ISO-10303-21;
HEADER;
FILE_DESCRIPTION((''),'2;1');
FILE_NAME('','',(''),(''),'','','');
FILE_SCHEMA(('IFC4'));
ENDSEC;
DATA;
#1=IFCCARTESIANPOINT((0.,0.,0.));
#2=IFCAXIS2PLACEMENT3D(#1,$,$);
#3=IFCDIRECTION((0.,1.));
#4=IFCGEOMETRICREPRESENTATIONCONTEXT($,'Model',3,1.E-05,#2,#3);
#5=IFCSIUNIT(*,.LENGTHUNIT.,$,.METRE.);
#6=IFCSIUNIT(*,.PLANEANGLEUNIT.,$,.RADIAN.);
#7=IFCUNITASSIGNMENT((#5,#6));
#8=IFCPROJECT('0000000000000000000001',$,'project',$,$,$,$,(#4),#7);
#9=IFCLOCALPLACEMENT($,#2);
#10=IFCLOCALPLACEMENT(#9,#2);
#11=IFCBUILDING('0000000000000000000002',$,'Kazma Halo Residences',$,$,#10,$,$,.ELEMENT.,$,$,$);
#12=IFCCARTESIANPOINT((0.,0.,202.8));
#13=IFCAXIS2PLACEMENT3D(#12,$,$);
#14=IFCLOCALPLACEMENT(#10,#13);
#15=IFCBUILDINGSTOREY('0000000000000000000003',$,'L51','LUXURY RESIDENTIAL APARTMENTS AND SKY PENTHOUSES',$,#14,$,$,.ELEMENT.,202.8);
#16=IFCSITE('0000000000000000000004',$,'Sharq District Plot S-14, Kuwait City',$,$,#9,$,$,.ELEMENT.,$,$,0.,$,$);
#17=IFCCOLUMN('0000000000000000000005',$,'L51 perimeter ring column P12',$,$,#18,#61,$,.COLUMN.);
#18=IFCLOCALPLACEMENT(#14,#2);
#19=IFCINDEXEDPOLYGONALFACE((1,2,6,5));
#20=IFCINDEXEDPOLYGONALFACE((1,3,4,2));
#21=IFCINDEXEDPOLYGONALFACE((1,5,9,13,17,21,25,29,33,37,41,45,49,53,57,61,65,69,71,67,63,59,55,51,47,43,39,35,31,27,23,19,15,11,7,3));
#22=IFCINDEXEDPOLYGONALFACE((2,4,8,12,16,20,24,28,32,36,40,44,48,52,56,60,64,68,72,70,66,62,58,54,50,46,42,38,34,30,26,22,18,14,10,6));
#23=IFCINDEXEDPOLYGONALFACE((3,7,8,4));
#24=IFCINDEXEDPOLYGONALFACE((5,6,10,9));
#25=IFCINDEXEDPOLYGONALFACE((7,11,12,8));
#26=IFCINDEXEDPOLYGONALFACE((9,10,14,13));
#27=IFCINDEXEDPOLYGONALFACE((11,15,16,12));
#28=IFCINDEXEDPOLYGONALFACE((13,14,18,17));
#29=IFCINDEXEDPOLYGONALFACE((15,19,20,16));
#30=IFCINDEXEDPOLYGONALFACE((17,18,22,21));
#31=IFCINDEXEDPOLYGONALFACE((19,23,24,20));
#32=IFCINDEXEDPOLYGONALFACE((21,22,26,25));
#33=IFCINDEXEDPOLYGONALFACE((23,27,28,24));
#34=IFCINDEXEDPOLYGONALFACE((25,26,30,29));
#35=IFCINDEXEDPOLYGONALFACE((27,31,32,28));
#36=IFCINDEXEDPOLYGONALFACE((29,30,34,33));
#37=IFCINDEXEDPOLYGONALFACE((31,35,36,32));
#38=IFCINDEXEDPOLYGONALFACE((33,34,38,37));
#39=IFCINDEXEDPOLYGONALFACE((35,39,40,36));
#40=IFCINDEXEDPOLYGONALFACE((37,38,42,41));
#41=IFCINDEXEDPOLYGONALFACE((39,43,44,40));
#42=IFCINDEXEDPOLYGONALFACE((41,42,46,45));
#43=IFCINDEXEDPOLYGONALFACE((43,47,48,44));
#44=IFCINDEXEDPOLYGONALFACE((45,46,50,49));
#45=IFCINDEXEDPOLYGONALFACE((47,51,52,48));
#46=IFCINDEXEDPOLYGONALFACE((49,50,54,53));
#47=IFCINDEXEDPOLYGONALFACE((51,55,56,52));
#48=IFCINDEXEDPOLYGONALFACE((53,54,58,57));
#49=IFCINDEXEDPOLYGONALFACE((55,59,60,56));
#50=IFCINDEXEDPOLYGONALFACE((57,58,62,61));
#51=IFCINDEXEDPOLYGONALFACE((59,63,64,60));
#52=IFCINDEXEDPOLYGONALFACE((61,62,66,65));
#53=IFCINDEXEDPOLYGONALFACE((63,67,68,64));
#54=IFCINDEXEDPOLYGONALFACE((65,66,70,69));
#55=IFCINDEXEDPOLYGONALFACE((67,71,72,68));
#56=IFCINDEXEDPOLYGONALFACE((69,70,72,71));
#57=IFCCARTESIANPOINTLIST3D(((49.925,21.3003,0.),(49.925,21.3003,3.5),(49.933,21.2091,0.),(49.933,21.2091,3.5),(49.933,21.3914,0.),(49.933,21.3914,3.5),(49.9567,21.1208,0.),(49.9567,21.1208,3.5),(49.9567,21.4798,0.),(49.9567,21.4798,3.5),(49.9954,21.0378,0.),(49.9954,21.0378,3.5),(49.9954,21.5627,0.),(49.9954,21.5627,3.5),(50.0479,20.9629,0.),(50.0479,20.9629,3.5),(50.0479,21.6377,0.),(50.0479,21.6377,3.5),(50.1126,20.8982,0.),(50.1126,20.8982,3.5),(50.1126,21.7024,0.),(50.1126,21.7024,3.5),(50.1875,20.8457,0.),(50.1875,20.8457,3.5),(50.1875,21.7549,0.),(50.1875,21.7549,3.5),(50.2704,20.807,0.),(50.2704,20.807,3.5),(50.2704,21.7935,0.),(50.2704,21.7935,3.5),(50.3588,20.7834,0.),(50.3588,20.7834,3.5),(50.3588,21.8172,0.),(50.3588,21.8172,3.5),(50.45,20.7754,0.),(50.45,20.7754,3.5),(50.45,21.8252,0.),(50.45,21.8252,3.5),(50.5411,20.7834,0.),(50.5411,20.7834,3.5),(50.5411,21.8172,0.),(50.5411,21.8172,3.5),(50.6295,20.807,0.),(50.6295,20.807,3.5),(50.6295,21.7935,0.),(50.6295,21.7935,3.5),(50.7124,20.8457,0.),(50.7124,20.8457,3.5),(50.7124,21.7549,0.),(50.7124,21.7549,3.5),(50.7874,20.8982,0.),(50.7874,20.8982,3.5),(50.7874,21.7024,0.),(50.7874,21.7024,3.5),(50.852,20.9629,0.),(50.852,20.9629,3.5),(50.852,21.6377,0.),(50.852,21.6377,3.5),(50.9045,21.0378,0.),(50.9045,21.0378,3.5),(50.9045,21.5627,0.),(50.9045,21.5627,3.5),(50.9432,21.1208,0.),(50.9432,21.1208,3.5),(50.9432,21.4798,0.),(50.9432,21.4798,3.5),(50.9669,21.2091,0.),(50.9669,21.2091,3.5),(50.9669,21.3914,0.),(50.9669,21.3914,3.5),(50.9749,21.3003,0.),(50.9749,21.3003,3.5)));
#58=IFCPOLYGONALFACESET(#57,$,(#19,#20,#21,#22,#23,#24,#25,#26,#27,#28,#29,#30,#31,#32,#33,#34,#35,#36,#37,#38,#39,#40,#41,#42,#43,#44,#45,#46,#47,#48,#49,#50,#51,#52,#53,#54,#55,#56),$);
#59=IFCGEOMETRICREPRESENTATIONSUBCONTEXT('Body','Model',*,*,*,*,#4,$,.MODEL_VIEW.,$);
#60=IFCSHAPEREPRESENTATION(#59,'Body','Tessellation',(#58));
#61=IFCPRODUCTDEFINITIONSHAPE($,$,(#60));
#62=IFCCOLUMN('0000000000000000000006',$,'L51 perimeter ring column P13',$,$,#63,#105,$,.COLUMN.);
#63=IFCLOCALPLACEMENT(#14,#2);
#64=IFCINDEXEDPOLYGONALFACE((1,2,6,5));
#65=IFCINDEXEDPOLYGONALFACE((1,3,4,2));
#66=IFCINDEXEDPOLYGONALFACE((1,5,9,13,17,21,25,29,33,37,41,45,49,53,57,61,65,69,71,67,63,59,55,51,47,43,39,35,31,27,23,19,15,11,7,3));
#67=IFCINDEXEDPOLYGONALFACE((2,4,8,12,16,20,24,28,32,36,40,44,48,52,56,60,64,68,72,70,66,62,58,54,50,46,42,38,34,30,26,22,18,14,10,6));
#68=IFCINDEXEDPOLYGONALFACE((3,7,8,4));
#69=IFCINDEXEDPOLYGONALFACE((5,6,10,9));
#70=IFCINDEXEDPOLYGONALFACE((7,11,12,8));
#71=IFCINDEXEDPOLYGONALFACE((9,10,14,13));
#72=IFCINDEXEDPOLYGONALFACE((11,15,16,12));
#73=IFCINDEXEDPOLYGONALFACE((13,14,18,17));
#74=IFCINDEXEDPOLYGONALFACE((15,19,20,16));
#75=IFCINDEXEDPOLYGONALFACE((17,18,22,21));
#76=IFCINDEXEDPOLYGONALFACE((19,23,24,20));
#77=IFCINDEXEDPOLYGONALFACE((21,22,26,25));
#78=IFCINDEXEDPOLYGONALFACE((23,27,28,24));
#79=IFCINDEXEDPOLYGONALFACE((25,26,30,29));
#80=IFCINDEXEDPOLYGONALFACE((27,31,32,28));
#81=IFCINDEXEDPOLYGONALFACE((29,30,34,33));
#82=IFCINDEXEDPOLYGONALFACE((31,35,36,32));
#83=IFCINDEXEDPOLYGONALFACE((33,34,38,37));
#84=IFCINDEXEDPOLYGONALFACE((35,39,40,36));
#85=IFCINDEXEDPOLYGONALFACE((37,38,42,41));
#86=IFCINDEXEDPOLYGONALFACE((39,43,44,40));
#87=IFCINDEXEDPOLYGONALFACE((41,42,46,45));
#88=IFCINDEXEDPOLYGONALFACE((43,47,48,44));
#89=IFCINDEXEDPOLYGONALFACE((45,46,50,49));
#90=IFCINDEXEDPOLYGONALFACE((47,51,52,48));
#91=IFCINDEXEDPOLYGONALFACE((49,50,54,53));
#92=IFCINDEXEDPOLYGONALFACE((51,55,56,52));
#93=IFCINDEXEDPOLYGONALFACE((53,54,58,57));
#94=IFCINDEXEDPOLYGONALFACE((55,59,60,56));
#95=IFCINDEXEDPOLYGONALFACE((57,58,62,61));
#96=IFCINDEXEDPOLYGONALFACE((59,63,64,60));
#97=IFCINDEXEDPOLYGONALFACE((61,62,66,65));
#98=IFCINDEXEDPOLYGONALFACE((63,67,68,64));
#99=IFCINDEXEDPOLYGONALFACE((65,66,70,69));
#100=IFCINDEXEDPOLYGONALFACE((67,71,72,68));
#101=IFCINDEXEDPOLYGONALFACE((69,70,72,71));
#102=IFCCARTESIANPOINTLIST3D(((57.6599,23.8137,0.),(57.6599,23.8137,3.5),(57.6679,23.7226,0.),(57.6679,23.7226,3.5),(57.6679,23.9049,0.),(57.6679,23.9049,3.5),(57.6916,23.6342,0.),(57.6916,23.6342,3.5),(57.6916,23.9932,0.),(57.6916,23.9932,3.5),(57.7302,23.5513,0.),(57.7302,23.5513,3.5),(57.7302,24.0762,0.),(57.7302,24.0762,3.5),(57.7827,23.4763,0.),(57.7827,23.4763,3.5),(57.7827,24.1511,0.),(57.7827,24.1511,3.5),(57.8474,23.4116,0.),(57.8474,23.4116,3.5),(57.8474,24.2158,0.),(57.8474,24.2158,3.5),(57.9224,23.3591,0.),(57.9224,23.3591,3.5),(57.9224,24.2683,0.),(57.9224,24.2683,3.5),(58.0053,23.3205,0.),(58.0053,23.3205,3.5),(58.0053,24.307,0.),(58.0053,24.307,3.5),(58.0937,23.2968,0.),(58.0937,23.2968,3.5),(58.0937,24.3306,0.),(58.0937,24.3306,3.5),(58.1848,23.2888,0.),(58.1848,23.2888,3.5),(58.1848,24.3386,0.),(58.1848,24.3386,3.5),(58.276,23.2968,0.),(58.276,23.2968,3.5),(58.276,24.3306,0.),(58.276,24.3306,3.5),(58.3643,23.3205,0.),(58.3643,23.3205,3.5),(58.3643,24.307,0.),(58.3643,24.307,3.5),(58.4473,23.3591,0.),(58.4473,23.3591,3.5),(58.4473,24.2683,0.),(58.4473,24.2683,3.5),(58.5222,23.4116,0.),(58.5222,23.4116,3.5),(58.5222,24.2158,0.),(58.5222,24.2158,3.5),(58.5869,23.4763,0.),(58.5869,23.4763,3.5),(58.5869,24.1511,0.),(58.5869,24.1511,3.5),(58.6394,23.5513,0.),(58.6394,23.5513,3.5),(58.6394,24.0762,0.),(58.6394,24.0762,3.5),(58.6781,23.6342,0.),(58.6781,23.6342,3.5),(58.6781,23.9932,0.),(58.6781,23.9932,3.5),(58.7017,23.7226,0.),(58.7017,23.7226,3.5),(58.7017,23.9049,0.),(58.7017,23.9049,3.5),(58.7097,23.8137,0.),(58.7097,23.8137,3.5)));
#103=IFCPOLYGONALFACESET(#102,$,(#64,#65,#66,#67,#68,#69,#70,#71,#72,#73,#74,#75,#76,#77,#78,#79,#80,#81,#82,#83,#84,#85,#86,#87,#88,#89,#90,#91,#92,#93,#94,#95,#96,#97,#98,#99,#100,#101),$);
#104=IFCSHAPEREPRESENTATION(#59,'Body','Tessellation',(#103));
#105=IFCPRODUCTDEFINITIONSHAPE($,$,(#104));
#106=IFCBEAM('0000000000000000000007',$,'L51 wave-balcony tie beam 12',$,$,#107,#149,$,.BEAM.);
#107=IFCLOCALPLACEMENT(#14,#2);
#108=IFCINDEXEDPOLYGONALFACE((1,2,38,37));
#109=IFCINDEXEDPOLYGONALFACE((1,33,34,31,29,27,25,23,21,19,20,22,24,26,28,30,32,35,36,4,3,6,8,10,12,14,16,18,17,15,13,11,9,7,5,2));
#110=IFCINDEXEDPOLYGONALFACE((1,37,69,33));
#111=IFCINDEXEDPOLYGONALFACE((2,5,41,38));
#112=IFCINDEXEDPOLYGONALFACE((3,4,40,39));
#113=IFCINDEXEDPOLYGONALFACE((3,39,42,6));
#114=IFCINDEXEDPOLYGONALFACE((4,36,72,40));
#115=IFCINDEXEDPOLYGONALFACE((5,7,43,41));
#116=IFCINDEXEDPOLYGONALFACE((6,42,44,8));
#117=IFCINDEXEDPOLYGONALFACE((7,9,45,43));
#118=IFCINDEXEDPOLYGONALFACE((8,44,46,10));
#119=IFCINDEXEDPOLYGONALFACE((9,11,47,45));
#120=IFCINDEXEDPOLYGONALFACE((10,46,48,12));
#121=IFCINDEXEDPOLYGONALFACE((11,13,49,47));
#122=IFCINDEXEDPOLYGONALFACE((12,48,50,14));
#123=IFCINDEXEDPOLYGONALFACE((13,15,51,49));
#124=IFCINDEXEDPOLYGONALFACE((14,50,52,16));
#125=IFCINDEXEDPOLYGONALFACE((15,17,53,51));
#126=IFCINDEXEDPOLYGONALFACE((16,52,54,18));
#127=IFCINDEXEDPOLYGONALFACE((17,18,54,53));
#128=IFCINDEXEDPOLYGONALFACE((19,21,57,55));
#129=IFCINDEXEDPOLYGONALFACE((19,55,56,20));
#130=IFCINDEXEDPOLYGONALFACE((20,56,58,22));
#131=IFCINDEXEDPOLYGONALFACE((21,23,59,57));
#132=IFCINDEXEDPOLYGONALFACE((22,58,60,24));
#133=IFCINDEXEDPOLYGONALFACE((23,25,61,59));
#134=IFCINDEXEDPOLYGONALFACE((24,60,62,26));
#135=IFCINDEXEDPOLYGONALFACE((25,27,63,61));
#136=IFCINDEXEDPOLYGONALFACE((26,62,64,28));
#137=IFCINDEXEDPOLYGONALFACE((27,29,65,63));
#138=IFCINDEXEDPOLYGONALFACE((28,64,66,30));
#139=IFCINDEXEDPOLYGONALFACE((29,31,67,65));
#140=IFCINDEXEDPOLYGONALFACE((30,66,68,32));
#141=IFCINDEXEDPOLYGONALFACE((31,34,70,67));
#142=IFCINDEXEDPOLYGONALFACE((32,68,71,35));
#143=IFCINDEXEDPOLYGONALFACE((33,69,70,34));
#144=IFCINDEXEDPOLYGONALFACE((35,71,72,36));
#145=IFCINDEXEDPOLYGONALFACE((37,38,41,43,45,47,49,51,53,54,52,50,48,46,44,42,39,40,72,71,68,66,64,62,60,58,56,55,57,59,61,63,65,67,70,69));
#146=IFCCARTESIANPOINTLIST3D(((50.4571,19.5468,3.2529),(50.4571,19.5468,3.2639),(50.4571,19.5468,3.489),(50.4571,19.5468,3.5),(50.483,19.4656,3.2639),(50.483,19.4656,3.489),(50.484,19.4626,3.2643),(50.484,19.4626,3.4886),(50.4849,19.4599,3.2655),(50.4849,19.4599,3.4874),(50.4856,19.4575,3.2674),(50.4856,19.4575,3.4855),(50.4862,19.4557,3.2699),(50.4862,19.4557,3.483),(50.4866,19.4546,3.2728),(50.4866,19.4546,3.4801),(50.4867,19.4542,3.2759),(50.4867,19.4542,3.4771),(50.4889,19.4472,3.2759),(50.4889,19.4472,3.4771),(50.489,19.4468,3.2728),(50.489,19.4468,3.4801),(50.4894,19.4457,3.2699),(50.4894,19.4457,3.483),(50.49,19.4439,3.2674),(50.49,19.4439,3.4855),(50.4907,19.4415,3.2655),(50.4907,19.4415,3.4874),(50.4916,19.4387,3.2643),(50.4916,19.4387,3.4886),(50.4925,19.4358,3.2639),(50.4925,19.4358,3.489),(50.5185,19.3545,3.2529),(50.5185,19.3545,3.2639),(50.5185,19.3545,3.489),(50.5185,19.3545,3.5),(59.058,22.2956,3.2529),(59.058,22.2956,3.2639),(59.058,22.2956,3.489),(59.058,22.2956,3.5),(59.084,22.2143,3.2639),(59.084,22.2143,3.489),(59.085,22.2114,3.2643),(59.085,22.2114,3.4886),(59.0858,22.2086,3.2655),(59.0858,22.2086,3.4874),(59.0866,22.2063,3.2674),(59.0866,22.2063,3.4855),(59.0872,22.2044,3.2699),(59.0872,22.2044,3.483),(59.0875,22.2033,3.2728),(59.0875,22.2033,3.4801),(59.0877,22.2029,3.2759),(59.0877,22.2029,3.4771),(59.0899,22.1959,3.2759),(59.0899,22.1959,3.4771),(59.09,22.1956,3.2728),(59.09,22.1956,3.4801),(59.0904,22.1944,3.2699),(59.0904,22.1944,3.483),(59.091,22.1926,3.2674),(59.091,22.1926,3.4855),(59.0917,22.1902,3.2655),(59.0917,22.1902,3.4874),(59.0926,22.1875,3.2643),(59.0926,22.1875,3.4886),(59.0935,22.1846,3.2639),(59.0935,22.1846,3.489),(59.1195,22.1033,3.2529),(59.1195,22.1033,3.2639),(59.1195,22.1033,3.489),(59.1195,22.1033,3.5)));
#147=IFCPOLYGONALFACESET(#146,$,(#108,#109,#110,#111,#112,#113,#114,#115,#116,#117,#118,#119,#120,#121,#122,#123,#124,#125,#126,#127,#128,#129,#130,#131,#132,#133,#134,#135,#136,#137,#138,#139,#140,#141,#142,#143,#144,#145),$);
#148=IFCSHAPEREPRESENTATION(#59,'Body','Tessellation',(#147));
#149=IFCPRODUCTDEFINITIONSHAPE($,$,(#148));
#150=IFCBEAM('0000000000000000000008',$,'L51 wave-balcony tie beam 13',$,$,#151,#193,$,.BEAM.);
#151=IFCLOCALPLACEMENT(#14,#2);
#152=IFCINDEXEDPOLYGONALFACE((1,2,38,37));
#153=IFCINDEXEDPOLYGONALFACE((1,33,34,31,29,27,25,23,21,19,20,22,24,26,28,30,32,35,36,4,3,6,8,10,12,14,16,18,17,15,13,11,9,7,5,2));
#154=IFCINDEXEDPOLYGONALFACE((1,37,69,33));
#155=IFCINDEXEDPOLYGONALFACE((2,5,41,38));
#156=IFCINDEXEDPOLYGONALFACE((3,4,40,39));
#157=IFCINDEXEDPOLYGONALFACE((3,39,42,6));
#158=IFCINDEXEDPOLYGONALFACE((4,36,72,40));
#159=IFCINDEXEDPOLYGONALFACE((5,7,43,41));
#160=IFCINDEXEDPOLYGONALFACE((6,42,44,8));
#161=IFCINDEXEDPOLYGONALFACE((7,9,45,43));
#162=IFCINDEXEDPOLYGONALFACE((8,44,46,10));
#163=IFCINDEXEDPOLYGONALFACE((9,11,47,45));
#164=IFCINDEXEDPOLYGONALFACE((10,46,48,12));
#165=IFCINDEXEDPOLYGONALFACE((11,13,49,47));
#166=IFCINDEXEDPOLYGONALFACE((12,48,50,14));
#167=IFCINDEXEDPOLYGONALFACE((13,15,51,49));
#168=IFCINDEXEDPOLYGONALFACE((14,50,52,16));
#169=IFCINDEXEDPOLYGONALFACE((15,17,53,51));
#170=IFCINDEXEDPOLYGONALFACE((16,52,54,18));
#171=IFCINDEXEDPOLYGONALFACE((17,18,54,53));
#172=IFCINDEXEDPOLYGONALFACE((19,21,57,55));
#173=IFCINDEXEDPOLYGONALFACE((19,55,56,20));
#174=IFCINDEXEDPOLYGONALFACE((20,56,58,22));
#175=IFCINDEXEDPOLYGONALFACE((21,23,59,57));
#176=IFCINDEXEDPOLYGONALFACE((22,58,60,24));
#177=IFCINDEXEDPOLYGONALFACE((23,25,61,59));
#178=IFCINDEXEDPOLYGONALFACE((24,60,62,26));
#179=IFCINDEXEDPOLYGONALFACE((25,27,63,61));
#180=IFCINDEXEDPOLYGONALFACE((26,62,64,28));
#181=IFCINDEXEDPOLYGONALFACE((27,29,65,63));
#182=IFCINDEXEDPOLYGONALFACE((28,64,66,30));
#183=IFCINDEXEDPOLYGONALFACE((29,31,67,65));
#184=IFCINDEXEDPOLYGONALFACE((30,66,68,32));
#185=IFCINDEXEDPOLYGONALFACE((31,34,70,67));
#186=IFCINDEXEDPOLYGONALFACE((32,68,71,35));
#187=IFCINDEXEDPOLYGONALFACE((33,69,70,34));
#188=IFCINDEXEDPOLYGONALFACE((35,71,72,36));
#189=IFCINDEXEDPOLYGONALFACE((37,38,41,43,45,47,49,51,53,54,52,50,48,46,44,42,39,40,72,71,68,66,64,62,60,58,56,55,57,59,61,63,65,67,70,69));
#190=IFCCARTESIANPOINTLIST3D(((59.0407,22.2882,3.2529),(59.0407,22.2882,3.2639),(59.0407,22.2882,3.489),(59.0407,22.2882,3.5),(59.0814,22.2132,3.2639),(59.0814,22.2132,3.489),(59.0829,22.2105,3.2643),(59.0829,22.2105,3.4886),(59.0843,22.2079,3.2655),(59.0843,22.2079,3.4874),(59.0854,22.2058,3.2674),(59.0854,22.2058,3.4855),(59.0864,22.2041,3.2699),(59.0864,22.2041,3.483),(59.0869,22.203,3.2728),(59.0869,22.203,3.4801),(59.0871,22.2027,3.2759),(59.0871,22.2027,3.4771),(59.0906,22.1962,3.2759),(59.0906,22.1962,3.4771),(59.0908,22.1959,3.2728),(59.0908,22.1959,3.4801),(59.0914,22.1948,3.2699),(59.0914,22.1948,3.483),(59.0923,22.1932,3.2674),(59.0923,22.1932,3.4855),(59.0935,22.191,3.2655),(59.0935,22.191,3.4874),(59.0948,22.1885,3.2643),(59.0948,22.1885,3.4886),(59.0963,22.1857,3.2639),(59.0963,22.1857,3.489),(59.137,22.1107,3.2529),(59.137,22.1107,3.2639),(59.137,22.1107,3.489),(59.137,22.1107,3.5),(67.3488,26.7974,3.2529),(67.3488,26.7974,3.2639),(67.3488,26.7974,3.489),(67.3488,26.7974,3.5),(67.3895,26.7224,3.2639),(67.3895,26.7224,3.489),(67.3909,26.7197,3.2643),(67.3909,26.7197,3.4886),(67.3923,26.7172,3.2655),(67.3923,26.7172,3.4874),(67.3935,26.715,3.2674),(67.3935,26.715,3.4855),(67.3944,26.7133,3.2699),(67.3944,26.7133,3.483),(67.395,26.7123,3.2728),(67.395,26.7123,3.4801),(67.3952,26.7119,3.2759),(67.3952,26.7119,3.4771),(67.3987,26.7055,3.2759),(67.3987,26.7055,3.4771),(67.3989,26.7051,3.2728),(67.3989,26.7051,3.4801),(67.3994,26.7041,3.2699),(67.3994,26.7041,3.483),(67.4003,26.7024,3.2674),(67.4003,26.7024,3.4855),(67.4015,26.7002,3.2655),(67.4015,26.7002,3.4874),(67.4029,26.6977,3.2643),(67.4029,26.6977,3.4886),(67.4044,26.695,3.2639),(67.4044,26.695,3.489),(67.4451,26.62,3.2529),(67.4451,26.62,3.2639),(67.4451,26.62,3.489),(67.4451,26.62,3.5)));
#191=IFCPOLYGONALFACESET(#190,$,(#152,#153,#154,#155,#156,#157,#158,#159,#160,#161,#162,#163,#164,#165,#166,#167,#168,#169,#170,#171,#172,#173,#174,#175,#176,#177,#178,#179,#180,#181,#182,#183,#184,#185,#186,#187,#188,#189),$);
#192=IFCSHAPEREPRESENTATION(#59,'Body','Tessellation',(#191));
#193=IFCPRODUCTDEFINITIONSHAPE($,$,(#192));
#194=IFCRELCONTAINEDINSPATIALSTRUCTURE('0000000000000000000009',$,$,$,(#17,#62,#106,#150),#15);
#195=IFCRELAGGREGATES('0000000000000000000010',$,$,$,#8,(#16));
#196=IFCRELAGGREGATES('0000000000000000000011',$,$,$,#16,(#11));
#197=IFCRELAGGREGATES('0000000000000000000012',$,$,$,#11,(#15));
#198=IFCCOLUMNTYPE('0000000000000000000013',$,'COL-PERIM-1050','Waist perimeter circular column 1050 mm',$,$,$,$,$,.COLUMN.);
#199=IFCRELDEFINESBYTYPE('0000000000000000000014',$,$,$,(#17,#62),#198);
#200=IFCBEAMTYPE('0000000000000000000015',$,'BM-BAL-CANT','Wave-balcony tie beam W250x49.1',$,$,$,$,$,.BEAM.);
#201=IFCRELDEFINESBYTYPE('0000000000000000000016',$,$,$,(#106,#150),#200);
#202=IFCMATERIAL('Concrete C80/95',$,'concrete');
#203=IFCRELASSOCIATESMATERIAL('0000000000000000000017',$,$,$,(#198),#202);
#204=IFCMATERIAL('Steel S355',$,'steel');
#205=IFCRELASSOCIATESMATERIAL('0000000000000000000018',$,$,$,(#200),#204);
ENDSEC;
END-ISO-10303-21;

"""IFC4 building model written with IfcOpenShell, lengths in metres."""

from ifc_helpers import new_model, si_unit, direction, frame, origin, origin_2d, place, context, subcontext, project, spatial, circle, i_section, extrude, material, material_profile, profile_set, type_object, element, save


model = new_model("IFC4")

# Units and contexts
model_context = context("Model", 3, precision=1e-05, world=origin(), true_north=direction((0.0, 1.0)))
body_context = subcontext(model_context, "Body", "Model", "MODEL_VIEW")
ifc_project = project(units=[si_unit("LENGTHUNIT", "METRE"), si_unit("PLANEANGLEUNIT", "RADIAN")], contexts=[model_context])

# Site, building, storey
site_placement = place(None, origin())
site = spatial("IfcSite", under=ifc_project, at=site_placement, Name="Sharq District Plot S-14, Kuwait City", CompositionType="ELEMENT", RefElevation=0.0)
building_placement = place(site_placement, origin())
building = spatial("IfcBuilding", under=site, at=building_placement, Name="Kazma Halo Residences", CompositionType="ELEMENT")
storey_placement = place(building_placement, frame((0.0, 0.0, 202.8)))
storey = spatial("IfcBuildingStorey", under=building, at=storey_placement, Name="L51", Description="LUXURY RESIDENTIAL APARTMENTS AND SKY PENTHOUSES", CompositionType="ELEMENT", Elevation=202.8)

# Columns
ifc_material_1 = material(Name="Concrete C80/95", Category="concrete")
ifc_material_profile_1 = material_profile(ifc_material_1, circle(Radius=0.5249, at=origin_2d()), Name="CIRC1050")
ifc_profile_set_1 = profile_set([ifc_material_profile_1], Name="Concrete C80/95")
column_type = type_object("IfcColumnType", Name="COL-PERIM-1050", Description="Waist perimeter circular column 1050 mm", PredefinedType="COLUMN", material=ifc_profile_set_1)
for number, where, z_axis, x_axis, name in (
    (1, (50.45, 21.3003, 0.0), (0.0, 0.0, 1.0), (1.0, 0.0, 0.0), "L51 perimeter ring column P12"),
    (2, (58.1848, 23.8137, 0.0), (0.0, 0.0, 1.0), (1.0, 0.0, 0.0), "L51 perimeter ring column P13"),
):
    element("IfcColumn", number, at=place(storey_placement, frame(where, z_axis=z_axis, x_axis=x_axis)), inside=storey, type_object=column_type, Name=name, PredefinedType="COLUMN", context=body_context, shape_type="SweptSolid", body=[
        extrude(circle(Radius=0.5249, at=origin_2d()), origin(), (0.0, 0.0, 1.0), 3.5),
    ])

# Beams
ifc_material_2 = material(Name="Steel S355", Category="steel")
ifc_material_profile_2 = material_profile(ifc_material_2, i_section(OverallWidth=0.2019, OverallDepth=0.2471, WebThickness=0.0073, FlangeThickness=0.011, FilletRadius=0.012, at=origin_2d()), Name="W250x49.1")
ifc_profile_set_2 = profile_set([ifc_material_profile_2], Name="Steel S355")
beam_type_1 = type_object("IfcBeamType", Name="BM-BAL-CANT", Description="Wave-balcony tie beam W250x49.1", PredefinedType="BEAM", material=ifc_profile_set_2)
beam_1_placement = place(storey_placement, frame((50.4878, 19.4507, 3.3765), z_axis=(0.952539, 0.304418, 0.0), x_axis=(-0.304418, 0.952539, 0.0)))
element("IfcBeam", 3, at=beam_1_placement, inside=storey, type_object=beam_type_1, Name="L51 wave-balcony tie beam 12", PredefinedType="BEAM", context=body_context, shape_type="SweptSolid", body=[
    extrude(i_section(OverallWidth=0.2019, OverallDepth=0.2471, WebThickness=0.0073, FlangeThickness=0.011, FilletRadius=0.012, at=origin_2d()), origin(), (0.0, 0.0, 1.0), 9.0295),
])
beam_2_placement = place(storey_placement, frame((59.0889, 22.1995, 3.3765), z_axis=(0.878891, 0.477023, 0.0), x_axis=(-0.477023, 0.878891, 0.0)))
element("IfcBeam", 4, at=beam_2_placement, inside=storey, type_object=beam_type_1, Name="L51 wave-balcony tie beam 13", PredefinedType="BEAM", context=body_context, shape_type="SweptSolid", body=[
    extrude(i_section(OverallWidth=0.2019, OverallDepth=0.2471, WebThickness=0.0073, FlangeThickness=0.011, FilletRadius=0.012, at=origin_2d()), origin(), (0.0, 0.0, 1.0), 9.4529),
])

save(model, "model.ifc")
